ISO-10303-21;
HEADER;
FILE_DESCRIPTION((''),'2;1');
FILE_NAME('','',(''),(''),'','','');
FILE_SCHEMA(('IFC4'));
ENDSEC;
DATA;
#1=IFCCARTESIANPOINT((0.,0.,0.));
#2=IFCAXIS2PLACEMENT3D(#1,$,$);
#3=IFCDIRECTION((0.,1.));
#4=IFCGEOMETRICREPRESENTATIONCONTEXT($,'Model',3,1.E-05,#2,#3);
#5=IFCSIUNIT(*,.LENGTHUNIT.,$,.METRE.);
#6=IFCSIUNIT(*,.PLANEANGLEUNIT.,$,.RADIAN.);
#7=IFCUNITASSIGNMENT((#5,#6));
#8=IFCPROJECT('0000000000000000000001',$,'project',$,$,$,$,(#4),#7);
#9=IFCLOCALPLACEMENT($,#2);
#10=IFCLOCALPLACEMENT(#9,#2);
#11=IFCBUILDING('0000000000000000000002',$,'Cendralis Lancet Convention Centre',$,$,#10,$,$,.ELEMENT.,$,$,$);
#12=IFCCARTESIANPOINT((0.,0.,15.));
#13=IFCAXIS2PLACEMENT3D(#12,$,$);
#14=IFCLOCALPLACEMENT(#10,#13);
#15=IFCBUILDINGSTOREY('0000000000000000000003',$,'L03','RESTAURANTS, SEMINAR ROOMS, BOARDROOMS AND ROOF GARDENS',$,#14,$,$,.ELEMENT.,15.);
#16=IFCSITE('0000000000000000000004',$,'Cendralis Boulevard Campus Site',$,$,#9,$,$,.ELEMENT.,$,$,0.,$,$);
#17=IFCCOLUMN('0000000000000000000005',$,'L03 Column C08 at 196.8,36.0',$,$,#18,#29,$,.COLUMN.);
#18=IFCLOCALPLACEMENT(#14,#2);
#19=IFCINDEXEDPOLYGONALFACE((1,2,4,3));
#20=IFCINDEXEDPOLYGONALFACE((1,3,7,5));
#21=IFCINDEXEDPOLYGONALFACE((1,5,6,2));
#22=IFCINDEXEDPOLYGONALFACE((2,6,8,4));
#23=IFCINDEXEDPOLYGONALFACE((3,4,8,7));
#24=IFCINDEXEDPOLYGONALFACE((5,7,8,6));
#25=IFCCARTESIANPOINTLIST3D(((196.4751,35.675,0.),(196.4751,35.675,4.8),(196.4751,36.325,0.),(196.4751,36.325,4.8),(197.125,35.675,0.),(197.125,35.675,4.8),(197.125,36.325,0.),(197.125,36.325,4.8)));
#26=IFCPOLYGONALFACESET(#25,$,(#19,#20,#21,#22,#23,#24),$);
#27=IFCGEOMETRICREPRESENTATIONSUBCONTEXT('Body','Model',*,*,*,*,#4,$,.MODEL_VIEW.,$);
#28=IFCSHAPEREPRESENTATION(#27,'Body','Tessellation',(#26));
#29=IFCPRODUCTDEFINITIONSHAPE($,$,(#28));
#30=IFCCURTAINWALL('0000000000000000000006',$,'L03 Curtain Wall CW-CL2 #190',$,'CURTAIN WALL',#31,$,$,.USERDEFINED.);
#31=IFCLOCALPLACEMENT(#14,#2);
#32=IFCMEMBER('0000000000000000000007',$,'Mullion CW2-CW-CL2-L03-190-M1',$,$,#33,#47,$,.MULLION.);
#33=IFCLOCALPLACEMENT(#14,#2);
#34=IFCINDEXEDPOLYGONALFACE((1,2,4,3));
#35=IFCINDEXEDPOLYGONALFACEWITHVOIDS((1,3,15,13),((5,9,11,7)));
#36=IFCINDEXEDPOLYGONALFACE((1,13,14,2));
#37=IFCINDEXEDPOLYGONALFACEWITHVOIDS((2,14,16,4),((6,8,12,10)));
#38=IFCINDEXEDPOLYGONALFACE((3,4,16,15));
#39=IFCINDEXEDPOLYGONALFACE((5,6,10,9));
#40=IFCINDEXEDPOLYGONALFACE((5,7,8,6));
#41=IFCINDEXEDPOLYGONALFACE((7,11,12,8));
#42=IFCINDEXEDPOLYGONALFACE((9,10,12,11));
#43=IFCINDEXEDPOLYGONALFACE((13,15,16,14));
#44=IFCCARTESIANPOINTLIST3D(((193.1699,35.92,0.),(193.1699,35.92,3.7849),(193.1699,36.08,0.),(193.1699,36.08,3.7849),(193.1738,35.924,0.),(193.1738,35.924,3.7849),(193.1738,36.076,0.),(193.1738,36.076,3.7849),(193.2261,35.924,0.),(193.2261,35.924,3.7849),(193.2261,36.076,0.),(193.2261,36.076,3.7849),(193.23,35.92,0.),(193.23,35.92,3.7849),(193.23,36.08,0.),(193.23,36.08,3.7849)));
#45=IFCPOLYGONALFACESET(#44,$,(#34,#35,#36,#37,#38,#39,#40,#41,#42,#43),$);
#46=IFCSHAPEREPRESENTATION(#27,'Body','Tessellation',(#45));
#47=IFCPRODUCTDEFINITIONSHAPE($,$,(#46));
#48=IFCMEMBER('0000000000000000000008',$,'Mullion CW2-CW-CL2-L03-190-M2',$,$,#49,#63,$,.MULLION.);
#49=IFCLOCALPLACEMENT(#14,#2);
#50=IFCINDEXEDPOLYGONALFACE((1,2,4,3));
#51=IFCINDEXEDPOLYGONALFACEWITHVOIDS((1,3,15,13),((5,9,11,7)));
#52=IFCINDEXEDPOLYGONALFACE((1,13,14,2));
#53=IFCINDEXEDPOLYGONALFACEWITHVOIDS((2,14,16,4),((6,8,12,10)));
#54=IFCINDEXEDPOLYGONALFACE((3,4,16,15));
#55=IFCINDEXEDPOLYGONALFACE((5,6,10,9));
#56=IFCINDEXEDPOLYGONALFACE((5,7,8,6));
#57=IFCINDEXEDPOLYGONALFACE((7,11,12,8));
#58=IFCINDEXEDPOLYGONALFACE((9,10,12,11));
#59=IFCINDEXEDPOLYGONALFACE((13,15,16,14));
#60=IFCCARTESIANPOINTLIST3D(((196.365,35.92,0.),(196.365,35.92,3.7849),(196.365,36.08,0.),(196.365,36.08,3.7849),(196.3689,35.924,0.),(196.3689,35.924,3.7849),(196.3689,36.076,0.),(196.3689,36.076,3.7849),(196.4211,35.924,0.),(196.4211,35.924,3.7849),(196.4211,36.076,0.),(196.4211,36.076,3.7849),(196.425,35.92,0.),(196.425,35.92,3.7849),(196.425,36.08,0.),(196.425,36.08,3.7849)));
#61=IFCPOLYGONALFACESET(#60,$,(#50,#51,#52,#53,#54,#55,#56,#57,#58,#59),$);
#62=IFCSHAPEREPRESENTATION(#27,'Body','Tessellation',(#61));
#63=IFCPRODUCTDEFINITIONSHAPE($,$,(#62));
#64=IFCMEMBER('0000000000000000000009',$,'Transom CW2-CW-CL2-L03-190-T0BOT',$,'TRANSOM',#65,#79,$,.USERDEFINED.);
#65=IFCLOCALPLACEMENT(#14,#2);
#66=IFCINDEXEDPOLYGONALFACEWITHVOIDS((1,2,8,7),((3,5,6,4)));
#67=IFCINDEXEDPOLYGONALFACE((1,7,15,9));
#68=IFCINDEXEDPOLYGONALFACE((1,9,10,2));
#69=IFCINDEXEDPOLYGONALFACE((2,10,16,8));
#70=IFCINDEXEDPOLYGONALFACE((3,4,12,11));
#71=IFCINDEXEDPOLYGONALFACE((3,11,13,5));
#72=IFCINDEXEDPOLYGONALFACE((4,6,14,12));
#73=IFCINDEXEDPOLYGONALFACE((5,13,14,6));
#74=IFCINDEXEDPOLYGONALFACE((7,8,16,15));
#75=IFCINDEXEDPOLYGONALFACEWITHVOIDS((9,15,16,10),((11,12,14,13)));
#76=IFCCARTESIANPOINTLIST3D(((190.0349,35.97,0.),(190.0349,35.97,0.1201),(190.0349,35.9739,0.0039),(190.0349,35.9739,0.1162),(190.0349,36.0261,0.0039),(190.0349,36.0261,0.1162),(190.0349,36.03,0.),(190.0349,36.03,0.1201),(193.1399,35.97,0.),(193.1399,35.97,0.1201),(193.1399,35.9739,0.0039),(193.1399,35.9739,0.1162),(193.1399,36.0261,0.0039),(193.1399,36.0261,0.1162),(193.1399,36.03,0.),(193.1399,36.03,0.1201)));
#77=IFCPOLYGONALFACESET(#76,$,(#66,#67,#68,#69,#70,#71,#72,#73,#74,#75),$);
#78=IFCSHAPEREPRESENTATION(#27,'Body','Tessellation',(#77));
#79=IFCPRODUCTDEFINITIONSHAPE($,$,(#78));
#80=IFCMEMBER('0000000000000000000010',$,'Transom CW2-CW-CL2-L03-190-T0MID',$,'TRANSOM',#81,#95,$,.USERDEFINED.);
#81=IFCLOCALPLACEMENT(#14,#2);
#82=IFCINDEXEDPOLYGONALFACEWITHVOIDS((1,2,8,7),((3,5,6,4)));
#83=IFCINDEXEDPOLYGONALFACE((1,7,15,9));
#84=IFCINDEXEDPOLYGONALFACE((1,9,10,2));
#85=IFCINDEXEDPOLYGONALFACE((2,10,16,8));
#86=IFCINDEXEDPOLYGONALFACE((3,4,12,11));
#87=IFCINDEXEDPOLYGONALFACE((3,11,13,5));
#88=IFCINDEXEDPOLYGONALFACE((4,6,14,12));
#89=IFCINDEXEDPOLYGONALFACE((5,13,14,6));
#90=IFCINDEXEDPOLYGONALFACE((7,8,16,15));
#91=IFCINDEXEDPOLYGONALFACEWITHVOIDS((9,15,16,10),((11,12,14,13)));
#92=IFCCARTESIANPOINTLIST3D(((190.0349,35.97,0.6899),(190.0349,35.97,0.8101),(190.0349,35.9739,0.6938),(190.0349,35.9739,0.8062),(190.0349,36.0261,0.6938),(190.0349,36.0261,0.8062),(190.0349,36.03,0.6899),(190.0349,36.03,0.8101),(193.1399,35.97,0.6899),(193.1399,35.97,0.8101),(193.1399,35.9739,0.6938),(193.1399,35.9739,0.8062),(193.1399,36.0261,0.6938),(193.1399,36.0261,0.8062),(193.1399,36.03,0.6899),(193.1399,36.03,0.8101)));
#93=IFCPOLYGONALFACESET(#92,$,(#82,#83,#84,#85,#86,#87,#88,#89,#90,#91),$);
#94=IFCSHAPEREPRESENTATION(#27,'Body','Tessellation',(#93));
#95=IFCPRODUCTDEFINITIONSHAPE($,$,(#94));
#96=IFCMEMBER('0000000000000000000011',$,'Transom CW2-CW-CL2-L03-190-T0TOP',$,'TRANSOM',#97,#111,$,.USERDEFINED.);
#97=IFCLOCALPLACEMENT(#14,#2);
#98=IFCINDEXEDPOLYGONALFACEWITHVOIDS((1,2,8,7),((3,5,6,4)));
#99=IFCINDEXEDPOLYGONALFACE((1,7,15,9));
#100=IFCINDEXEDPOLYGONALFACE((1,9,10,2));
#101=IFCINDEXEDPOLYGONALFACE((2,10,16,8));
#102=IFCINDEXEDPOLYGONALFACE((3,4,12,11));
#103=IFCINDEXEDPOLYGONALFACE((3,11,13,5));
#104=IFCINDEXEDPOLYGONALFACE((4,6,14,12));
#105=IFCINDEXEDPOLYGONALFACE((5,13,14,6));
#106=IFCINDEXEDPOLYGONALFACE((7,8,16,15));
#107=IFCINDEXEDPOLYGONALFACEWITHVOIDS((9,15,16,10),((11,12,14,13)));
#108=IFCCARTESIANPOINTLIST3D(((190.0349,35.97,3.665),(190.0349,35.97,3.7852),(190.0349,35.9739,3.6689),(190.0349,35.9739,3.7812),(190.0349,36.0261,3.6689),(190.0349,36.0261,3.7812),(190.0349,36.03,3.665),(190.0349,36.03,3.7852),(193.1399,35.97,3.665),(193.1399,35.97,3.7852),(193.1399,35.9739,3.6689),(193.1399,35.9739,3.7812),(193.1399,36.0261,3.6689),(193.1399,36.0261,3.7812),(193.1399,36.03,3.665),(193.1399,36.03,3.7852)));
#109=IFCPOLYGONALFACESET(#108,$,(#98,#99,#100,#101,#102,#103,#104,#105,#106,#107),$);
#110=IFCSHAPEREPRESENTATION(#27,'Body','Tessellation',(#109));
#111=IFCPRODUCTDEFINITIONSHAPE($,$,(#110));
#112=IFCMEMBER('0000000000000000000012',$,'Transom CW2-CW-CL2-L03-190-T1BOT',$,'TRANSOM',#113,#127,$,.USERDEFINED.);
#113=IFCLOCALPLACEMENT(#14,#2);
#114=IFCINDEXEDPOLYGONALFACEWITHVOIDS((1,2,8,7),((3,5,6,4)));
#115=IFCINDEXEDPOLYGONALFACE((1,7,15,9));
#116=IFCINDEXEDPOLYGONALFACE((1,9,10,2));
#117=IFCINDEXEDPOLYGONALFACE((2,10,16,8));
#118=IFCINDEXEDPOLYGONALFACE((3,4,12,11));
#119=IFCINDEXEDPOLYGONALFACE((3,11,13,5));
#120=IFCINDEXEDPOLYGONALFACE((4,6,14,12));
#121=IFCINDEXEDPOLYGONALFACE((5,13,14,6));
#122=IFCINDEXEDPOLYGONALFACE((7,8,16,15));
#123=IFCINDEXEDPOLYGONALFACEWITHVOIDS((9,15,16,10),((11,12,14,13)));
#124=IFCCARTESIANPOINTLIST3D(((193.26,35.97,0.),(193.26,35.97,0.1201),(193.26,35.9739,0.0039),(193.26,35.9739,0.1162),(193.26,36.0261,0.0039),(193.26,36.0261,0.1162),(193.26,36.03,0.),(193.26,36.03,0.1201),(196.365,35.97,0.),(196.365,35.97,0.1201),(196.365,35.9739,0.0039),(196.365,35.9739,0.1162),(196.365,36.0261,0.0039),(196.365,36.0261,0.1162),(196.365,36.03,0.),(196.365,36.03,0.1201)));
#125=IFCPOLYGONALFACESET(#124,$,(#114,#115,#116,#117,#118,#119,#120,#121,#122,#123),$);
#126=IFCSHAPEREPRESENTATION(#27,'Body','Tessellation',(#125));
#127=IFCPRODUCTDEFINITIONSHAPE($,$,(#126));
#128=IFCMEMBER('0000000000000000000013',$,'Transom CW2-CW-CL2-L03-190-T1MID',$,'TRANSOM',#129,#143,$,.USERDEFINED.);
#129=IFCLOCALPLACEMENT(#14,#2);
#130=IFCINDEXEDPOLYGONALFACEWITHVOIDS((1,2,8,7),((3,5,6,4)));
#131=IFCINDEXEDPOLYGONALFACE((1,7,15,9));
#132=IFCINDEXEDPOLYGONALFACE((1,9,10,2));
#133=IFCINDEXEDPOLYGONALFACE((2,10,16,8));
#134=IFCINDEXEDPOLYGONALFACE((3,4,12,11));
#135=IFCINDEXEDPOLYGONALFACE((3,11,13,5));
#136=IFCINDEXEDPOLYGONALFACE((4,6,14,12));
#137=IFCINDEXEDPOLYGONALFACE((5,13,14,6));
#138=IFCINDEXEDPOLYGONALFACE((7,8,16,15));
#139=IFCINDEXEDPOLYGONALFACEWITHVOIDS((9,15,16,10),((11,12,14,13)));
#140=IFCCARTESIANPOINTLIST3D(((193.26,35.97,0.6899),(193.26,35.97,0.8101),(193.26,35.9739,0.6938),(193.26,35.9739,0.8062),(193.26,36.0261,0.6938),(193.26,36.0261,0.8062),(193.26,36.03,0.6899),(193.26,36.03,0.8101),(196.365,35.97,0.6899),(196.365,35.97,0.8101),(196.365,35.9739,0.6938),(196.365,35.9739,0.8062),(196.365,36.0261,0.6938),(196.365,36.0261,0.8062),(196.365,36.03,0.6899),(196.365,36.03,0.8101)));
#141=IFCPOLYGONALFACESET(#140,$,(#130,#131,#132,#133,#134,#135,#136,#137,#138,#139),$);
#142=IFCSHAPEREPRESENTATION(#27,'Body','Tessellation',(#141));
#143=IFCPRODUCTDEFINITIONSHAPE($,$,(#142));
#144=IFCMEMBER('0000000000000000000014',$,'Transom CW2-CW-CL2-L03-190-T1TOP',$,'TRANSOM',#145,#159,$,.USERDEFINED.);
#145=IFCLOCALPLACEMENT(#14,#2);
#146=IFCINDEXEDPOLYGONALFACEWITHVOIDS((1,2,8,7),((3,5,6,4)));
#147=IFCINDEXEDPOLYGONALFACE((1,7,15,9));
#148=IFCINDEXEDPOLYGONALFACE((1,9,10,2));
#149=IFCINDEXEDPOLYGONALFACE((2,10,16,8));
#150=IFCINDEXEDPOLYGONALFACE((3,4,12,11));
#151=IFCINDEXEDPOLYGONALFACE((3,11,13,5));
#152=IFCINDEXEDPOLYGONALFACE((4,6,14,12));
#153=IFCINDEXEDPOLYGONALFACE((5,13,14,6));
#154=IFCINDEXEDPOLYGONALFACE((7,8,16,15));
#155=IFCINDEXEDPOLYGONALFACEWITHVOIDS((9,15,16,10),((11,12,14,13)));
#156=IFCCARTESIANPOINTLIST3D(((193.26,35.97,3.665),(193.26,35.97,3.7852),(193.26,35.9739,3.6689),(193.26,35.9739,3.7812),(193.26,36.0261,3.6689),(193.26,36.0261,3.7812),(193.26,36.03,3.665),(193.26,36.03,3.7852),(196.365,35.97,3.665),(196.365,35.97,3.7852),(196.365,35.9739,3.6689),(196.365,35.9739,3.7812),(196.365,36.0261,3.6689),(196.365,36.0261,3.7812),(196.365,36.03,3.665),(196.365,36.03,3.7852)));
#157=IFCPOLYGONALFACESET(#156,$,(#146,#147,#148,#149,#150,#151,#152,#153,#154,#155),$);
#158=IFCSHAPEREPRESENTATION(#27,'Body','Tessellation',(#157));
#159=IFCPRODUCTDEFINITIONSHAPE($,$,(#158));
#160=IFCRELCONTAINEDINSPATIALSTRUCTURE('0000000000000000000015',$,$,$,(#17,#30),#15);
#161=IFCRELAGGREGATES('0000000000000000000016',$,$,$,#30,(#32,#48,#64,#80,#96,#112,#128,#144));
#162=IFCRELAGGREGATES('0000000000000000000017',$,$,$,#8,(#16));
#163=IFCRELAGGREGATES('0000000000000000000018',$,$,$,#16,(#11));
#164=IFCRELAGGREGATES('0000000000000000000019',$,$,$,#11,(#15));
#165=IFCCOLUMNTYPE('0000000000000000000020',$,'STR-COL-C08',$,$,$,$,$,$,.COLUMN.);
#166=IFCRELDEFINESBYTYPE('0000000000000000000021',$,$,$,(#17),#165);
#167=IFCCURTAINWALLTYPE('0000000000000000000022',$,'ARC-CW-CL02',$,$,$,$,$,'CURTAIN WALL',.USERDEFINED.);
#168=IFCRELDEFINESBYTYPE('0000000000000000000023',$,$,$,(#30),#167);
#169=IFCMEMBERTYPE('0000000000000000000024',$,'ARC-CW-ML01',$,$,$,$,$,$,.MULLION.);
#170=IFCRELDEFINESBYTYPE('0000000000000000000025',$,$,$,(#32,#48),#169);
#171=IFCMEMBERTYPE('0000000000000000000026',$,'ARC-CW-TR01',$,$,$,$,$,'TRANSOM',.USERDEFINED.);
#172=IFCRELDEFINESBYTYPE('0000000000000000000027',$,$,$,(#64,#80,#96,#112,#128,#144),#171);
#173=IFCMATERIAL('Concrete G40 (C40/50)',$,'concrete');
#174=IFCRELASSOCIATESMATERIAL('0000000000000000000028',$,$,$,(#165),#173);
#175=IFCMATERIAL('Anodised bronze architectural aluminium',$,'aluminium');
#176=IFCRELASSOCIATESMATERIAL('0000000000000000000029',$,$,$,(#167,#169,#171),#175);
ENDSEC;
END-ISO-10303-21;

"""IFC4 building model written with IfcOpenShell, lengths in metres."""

from ifc_helpers import new_model, si_unit, direction, frame, origin, origin_2d, place, context, subcontext, project, spatial, rectangle, hollow_rectangle, extrude, material, material_profile, profile_set, type_object, element, aggregate, save


model = new_model("IFC4")

# Units and contexts
model_context = context("Model", 3, precision=1e-05, world=origin(), true_north=direction((0.0, 1.0)))
body_context = subcontext(model_context, "Body", "Model", "MODEL_VIEW")
ifc_project = project(units=[si_unit("LENGTHUNIT", "METRE"), si_unit("PLANEANGLEUNIT", "RADIAN")], contexts=[model_context])

# Site, building, storey
site_placement = place(None, origin())
site = spatial("IfcSite", under=ifc_project, at=site_placement, Name="Cendralis Boulevard Campus Site", CompositionType="ELEMENT", RefElevation=0.0)
building_placement = place(site_placement, origin())
building = spatial("IfcBuilding", under=site, at=building_placement, Name="Cendralis Lancet Convention Centre", CompositionType="ELEMENT")
storey_placement = place(building_placement, frame((0.0, 0.0, 15.0)))
storey = spatial("IfcBuildingStorey", under=building, at=storey_placement, Name="L03", Description="RESTAURANTS, SEMINAR ROOMS, BOARDROOMS AND ROOF GARDENS", CompositionType="ELEMENT", Elevation=15.0)

# Column
ifc_material_1 = material(Name="Concrete G40 (C40/50)", Category="concrete")
ifc_material_profile_1 = material_profile(ifc_material_1, rectangle(XDim=0.6499, YDim=0.6499, at=origin_2d()), Name="RC 650x650")
ifc_profile_set_1 = profile_set([ifc_material_profile_1], Name="Concrete G40 (C40/50)")
column_type = type_object("IfcColumnType", Name="STR-COL-C08", PredefinedType="COLUMN", material=ifc_profile_set_1)
column_placement = place(storey_placement, frame((196.8, 36.0, 0.0), z_axis=(0.0, 0.0, 1.0), x_axis=(1.0, 0.0, 0.0)))
element("IfcColumn", 1, at=column_placement, inside=storey, type_object=column_type, Name="L03 Column C08 at 196.8,36.0", PredefinedType="COLUMN", context=body_context, shape_type="SweptSolid", body=[
    extrude(rectangle(XDim=0.6499, YDim=0.6499, at=origin_2d()), origin(), (0.0, 0.0, 1.0), 4.8),
])

# Curtain wall, members
ifc_material_2 = material(Name="Anodised bronze architectural aluminium", Category="aluminium")
curtain_wall_type = type_object("IfcCurtainWallType", Name="ARC-CW-CL02", ElementType="CURTAIN WALL", PredefinedType="USERDEFINED", material=ifc_material_2)
curtain_wall_placement = place(storey_placement, origin())
curtain_wall = element("IfcCurtainWall", 2, at=curtain_wall_placement, inside=storey, type_object=curtain_wall_type, Name="L03 Curtain Wall CW-CL2 #190", ObjectType="CURTAIN WALL", PredefinedType="USERDEFINED")
ifc_material_profile_2 = material_profile(ifc_material_2, hollow_rectangle(XDim=0.0601, YDim=0.1599, WallThickness=0.0039, at=origin_2d()), Name="AL-MULL 60x160x4.0")
ifc_profile_set_2 = profile_set([ifc_material_profile_2], Name="Anodised bronze architectural aluminium")
member_type_1 = type_object("IfcMemberType", Name="ARC-CW-ML01", PredefinedType="MULLION", material=ifc_profile_set_2)
member_1_placement = place(storey_placement, frame((193.2, 36.0, 0.0), z_axis=(0.0, 0.0, 1.0), x_axis=(1.0, 0.0, 0.0)))
member_1 = element("IfcMember", 3, at=member_1_placement, type_object=member_type_1, Name="Mullion CW2-CW-CL2-L03-190-M1", PredefinedType="MULLION", context=body_context, shape_type="SweptSolid", body=[
    extrude(hollow_rectangle(XDim=0.0601, YDim=0.1599, WallThickness=0.0039, at=origin_2d()), origin(), (0.0, 0.0, 1.0), 3.7849),
])
member_2_placement = place(storey_placement, frame((196.395, 36.0, 0.0), z_axis=(0.0, 0.0, 1.0), x_axis=(1.0, 0.0, 0.0)))
member_2 = element("IfcMember", 4, at=member_2_placement, type_object=member_type_1, Name="Mullion CW2-CW-CL2-L03-190-M2", PredefinedType="MULLION", context=body_context, shape_type="SweptSolid", body=[
    extrude(hollow_rectangle(XDim=0.0601, YDim=0.1599, WallThickness=0.0039, at=origin_2d()), origin(), (0.0, 0.0, 1.0), 3.7849),
])
ifc_material_profile_3 = material_profile(ifc_material_2, hollow_rectangle(XDim=0.0601, YDim=0.1201, WallThickness=0.0039, at=origin_2d()), Name="AL-TRAN 60x120x4.0")
ifc_profile_set_3 = profile_set([ifc_material_profile_3], Name="Anodised bronze architectural aluminium")
member_type_2 = type_object("IfcMemberType", Name="ARC-CW-TR01", ElementType="TRANSOM", PredefinedType="USERDEFINED", material=ifc_profile_set_3)
member_3_placement = place(storey_placement, frame((190.0349, 36.0, 0.0601), z_axis=(1.0, 0.0, 0.0), x_axis=(0.0, 1.0, 0.0)))
member_3 = element("IfcMember", 5, at=member_3_placement, type_object=member_type_2, Name="Transom CW2-CW-CL2-L03-190-T0BOT", ObjectType="TRANSOM", PredefinedType="USERDEFINED", context=body_context, shape_type="SweptSolid", body=[
    extrude(hollow_rectangle(XDim=0.0601, YDim=0.1201, WallThickness=0.0039, at=origin_2d()), origin(), (0.0, 0.0, 1.0), 3.105),
])
member_4_placement = place(storey_placement, frame((190.0349, 36.0, 0.75), z_axis=(1.0, 0.0, 0.0), x_axis=(0.0, 1.0, 0.0)))
member_4 = element("IfcMember", 6, at=member_4_placement, type_object=member_type_2, Name="Transom CW2-CW-CL2-L03-190-T0MID", ObjectType="TRANSOM", PredefinedType="USERDEFINED", context=body_context, shape_type="SweptSolid", body=[
    extrude(hollow_rectangle(XDim=0.0601, YDim=0.1201, WallThickness=0.0039, at=origin_2d()), origin(), (0.0, 0.0, 1.0), 3.105),
])
member_5_placement = place(storey_placement, frame((190.0349, 36.0, 3.7251), z_axis=(1.0, 0.0, 0.0), x_axis=(0.0, 1.0, 0.0)))
member_5 = element("IfcMember", 7, at=member_5_placement, type_object=member_type_2, Name="Transom CW2-CW-CL2-L03-190-T0TOP", ObjectType="TRANSOM", PredefinedType="USERDEFINED", context=body_context, shape_type="SweptSolid", body=[
    extrude(hollow_rectangle(XDim=0.0601, YDim=0.1201, WallThickness=0.0039, at=origin_2d()), origin(), (0.0, 0.0, 1.0), 3.105),
])
member_6_placement = place(storey_placement, frame((193.26, 36.0, 0.0601), z_axis=(1.0, 0.0, 0.0), x_axis=(0.0, 1.0, 0.0)))
member_6 = element("IfcMember", 8, at=member_6_placement, type_object=member_type_2, Name="Transom CW2-CW-CL2-L03-190-T1BOT", ObjectType="TRANSOM", PredefinedType="USERDEFINED", context=body_context, shape_type="SweptSolid", body=[
    extrude(hollow_rectangle(XDim=0.0601, YDim=0.1201, WallThickness=0.0039, at=origin_2d()), origin(), (0.0, 0.0, 1.0), 3.105),
])
member_7_placement = place(storey_placement, frame((193.26, 36.0, 0.75), z_axis=(1.0, 0.0, 0.0), x_axis=(0.0, 1.0, 0.0)))
member_7 = element("IfcMember", 9, at=member_7_placement, type_object=member_type_2, Name="Transom CW2-CW-CL2-L03-190-T1MID", ObjectType="TRANSOM", PredefinedType="USERDEFINED", context=body_context, shape_type="SweptSolid", body=[
    extrude(hollow_rectangle(XDim=0.0601, YDim=0.1201, WallThickness=0.0039, at=origin_2d()), origin(), (0.0, 0.0, 1.0), 3.105),
])
member_8_placement = place(storey_placement, frame((193.26, 36.0, 3.7251), z_axis=(1.0, 0.0, 0.0), x_axis=(0.0, 1.0, 0.0)))
member_8 = element("IfcMember", 10, at=member_8_placement, type_object=member_type_2, Name="Transom CW2-CW-CL2-L03-190-T1TOP", ObjectType="TRANSOM", PredefinedType="USERDEFINED", context=body_context, shape_type="SweptSolid", body=[
    extrude(hollow_rectangle(XDim=0.0601, YDim=0.1201, WallThickness=0.0039, at=origin_2d()), origin(), (0.0, 0.0, 1.0), 3.105),
])

aggregate(curtain_wall, [member_1, member_2, member_3, member_4, member_5, member_6, member_7, member_8])

save(model, "model.ifc")
